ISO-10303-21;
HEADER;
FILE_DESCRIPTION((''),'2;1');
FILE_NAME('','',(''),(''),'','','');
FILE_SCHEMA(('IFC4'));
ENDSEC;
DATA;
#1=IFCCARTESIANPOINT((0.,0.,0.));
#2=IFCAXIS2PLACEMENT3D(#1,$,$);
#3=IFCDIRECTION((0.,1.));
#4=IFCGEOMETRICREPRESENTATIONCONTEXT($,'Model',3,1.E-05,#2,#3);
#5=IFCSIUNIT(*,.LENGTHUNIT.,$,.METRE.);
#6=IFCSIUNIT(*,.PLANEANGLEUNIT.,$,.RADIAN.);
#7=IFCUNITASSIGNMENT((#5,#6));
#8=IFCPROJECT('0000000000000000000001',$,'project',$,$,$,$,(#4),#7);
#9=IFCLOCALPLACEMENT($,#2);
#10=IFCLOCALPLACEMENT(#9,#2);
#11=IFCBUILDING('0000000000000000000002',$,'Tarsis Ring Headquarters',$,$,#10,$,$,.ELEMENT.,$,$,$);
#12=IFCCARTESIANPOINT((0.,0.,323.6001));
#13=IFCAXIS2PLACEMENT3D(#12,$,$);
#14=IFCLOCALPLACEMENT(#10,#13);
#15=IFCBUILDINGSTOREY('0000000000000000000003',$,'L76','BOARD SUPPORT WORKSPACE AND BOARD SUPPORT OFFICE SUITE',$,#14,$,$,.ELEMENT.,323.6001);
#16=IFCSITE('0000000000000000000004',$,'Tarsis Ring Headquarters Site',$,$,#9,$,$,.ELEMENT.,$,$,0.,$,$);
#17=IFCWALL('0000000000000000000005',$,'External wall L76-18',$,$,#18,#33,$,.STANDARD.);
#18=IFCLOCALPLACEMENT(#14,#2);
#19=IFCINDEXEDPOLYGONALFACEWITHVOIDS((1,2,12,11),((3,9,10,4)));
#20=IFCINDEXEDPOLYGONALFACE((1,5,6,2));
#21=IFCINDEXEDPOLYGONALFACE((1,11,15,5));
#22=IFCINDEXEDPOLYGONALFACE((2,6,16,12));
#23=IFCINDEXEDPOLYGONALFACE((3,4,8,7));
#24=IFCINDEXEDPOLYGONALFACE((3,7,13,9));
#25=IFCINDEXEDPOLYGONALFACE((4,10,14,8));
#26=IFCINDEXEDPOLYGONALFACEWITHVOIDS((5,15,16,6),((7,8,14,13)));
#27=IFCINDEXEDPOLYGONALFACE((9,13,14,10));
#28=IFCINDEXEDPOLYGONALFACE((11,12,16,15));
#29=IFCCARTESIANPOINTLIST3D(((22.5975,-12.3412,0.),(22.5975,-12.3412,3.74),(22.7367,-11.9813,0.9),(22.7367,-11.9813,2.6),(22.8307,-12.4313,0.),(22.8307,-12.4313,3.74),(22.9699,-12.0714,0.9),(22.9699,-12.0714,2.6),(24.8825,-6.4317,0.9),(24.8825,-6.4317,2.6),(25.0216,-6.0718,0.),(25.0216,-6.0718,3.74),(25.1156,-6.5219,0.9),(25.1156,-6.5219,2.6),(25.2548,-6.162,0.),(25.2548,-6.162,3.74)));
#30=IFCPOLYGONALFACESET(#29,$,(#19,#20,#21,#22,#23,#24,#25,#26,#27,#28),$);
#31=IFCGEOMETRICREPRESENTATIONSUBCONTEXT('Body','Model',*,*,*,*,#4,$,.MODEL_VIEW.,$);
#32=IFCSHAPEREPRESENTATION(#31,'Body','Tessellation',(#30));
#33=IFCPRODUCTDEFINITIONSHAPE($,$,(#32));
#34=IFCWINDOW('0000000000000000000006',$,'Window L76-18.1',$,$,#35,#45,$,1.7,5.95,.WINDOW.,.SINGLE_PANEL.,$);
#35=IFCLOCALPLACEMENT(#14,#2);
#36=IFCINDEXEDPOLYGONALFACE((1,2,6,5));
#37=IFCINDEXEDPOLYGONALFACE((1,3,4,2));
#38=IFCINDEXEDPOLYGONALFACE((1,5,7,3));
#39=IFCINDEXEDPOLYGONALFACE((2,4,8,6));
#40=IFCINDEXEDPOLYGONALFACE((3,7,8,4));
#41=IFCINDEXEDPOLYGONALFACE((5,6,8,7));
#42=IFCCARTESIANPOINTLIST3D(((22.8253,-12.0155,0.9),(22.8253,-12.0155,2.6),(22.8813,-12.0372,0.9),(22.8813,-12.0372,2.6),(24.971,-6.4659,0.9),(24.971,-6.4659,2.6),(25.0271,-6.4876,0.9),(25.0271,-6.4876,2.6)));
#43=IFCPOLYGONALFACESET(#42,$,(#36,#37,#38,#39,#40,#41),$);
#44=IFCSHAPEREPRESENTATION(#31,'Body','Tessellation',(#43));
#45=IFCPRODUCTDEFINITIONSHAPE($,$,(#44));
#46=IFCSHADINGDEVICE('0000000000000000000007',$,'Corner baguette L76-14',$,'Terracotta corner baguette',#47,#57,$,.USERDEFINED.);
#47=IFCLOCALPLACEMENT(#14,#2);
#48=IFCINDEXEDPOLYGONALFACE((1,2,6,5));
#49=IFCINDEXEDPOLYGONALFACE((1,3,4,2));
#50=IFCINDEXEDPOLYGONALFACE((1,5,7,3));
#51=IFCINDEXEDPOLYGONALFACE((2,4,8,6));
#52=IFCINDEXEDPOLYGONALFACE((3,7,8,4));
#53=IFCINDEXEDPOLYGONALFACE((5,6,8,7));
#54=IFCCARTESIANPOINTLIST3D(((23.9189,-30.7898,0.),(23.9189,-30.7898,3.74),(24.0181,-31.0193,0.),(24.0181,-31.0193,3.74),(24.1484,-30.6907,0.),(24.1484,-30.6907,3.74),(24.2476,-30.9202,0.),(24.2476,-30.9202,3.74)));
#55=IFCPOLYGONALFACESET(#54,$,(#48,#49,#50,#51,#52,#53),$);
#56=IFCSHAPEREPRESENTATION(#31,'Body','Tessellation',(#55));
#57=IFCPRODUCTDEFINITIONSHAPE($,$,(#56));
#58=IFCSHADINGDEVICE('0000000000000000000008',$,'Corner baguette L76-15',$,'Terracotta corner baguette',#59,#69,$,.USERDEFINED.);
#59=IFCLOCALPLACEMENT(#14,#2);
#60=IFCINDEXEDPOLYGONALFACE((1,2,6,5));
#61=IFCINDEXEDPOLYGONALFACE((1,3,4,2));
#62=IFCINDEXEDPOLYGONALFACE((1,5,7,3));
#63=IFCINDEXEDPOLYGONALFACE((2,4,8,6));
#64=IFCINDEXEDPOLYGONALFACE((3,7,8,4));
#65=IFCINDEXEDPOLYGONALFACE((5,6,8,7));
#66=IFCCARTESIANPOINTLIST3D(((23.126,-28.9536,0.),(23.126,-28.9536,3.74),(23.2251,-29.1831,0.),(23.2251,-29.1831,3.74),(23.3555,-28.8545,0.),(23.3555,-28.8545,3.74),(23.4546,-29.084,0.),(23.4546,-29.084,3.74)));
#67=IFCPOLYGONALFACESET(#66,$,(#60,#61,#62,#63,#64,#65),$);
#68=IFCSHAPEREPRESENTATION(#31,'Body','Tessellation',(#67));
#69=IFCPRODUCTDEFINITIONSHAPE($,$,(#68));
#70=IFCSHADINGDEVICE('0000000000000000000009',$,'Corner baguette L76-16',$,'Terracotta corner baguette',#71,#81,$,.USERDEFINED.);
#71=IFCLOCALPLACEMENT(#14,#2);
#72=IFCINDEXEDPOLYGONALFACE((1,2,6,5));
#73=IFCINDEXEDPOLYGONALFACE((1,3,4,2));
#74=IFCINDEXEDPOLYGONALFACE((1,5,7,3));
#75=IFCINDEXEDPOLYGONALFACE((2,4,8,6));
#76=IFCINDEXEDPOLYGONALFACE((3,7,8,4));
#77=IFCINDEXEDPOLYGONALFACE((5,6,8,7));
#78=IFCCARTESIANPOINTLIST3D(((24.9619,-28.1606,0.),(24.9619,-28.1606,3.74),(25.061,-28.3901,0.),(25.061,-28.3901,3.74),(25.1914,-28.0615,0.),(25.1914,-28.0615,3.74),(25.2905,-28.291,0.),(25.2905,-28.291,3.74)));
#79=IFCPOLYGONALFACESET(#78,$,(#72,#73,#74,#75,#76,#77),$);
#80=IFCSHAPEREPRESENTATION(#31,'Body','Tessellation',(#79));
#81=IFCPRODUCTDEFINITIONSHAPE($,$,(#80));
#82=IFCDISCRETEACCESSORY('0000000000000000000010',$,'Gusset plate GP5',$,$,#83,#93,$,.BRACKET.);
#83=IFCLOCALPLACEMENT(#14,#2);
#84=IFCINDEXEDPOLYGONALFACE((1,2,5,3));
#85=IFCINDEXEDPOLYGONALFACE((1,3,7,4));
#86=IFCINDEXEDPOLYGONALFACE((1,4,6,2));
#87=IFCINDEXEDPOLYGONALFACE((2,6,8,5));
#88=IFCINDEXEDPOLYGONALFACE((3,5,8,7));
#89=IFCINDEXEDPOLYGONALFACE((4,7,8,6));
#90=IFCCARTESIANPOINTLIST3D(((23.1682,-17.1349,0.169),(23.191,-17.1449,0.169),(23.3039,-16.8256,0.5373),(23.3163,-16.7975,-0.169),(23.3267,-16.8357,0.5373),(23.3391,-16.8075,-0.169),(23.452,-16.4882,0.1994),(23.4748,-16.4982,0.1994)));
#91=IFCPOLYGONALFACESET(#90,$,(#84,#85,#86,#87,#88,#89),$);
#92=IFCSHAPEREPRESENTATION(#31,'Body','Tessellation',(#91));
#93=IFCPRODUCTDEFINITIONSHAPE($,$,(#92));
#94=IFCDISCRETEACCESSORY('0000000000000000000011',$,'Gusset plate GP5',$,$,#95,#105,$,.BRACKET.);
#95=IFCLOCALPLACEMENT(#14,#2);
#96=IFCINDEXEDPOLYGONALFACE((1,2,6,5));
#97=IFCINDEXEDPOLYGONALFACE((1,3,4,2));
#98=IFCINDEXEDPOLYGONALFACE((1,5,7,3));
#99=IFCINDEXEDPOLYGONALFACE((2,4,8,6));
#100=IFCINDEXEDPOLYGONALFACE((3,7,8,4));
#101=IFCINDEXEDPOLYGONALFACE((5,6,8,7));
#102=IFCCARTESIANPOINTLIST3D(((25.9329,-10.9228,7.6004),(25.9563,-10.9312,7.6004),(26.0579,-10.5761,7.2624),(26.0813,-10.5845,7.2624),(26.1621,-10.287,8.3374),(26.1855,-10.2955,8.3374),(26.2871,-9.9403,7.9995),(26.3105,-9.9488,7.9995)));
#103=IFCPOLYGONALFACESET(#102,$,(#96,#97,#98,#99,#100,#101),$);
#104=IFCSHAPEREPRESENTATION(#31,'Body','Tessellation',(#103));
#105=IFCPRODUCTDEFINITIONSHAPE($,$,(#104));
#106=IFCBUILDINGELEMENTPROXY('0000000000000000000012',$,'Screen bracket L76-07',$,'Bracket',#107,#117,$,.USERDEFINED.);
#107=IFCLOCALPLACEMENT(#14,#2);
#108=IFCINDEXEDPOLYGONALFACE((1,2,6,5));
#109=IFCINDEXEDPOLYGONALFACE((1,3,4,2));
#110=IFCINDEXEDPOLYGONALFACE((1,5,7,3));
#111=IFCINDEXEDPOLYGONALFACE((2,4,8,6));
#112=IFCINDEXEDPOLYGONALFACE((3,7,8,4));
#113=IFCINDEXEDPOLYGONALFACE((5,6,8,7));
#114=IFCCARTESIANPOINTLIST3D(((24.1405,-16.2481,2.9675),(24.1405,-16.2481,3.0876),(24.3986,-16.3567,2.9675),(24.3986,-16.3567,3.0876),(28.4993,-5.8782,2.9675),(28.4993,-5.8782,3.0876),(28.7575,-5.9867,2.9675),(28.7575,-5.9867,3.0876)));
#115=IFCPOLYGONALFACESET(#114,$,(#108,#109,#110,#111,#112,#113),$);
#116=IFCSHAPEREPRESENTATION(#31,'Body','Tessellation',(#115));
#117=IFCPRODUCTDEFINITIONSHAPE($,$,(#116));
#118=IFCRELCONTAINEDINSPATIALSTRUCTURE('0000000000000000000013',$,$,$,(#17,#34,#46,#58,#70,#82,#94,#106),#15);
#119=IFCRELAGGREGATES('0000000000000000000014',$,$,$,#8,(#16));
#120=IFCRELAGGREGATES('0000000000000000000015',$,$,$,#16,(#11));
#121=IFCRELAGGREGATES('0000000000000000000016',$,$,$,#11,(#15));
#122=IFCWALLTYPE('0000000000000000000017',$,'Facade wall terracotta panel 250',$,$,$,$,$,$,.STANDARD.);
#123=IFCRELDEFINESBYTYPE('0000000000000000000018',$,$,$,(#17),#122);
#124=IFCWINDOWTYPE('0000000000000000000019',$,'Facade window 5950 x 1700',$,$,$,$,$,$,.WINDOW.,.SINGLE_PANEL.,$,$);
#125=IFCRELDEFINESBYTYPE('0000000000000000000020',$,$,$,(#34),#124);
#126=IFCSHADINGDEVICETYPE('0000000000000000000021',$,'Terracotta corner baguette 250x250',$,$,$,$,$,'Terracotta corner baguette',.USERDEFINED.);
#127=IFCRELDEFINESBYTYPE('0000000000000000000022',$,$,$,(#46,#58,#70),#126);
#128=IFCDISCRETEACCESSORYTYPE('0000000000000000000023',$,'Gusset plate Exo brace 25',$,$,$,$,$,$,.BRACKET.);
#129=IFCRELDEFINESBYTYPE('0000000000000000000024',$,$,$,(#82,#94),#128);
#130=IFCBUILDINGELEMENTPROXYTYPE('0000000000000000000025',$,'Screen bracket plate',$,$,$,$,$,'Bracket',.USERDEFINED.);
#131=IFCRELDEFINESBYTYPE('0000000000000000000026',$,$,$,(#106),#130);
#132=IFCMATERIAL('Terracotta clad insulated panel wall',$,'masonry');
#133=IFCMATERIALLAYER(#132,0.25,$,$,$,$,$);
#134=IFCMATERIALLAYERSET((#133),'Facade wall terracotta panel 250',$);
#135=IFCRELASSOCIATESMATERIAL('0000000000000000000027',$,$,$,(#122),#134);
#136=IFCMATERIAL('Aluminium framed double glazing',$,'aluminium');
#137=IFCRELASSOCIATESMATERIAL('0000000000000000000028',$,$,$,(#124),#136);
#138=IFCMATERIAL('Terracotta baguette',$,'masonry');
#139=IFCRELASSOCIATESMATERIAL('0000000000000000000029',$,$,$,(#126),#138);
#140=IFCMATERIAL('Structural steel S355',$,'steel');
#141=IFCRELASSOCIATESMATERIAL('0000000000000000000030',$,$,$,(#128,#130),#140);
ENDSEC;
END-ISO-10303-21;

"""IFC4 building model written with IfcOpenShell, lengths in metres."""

from ifc_helpers import new_model, si_unit, direction, frame, frame_2d, origin, origin_2d, place, context, subcontext, project, spatial, rectangle, extrude, material, layer, layer_set, material_profile, profile_set, type_object, element, fill, save


model = new_model("IFC4")

# Units and contexts
model_context = context("Model", 3, precision=1e-05, world=origin(), true_north=direction((0.0, 1.0)))
body_context = subcontext(model_context, "Body", "Model", "MODEL_VIEW")
ifc_project = project(units=[si_unit("LENGTHUNIT", "METRE"), si_unit("PLANEANGLEUNIT", "RADIAN")], contexts=[model_context])

# Site, building, storey
site_placement = place(None, origin())
site = spatial("IfcSite", under=ifc_project, at=site_placement, Name="Tarsis Ring Headquarters Site", CompositionType="ELEMENT", RefElevation=0.0)
building_placement = place(site_placement, origin())
building = spatial("IfcBuilding", under=site, at=building_placement, Name="Tarsis Ring Headquarters", CompositionType="ELEMENT")
storey_placement = place(building_placement, frame((0.0, 0.0, 323.6001)))
storey = spatial("IfcBuildingStorey", under=building, at=storey_placement, Name="L76", Description="BOARD SUPPORT WORKSPACE AND BOARD SUPPORT OFFICE SUITE", CompositionType="ELEMENT", Elevation=323.6001)

# Shared definitions
ifc_material_1 = material(Name="Structural steel S355", Category="steel")

# Shared definitions
ifc_material_2 = material(Name="Terracotta clad insulated panel wall", Category="masonry")
ifc_layer = layer(ifc_material_2, 0.25)
ifc_layer_set = layer_set([ifc_layer], Name="Facade wall terracotta panel 250")
wall_type = type_object("IfcWallType", Name="Facade wall terracotta panel 250", PredefinedType="STANDARD", material=ifc_layer_set)

# Shared definitions
ifc_material_3 = material(Name="Aluminium framed double glazing", Category="aluminium")

# Wall, opening, window
wall_1_placement = place(storey_placement, frame((22.7141, -12.3862, 0.0), z_axis=(0.0, 0.0, 1.0), x_axis=(0.360638, 0.932706, 0.0)))
wall_1 = element("IfcWall", 1, at=wall_1_placement, inside=storey, type_object=wall_type, Name="External wall L76-18", PredefinedType="STANDARD", context=body_context, shape_type="SweptSolid", body=[
    extrude(rectangle(XDim=6.7217, YDim=0.25, at=frame_2d((3.3608, 0.0))), origin(), (0.0, 0.0, 1.0), 3.74),
])
opening_1_placement = place(wall_1_placement, frame((0.3857, 0.0, 0.8999)))
opening_1 = element("IfcOpeningElement", 2, at=opening_1_placement, cuts=wall_1, PredefinedType="OPENING", context=body_context, shape_type="SweptSolid", body=[
    extrude(rectangle(XDim=5.95, YDim=1.7, at=frame_2d((2.9751, 0.8501))), frame((0.0, 0.135, 0.0), z_axis=(0.0, -1.0, 0.0), x_axis=(1.0, 0.0, 0.0)), (0.0, 0.0, 1.0), 0.27),
])
window_type_1 = type_object("IfcWindowType", Name="Facade window 5950 x 1700", PartitioningType="SINGLE_PANEL", PredefinedType="WINDOW", material=ifc_material_3)
window_1_placement = place(opening_1_placement, origin())
window_1 = element("IfcWindow", 3, at=window_1_placement, inside=storey, type_object=window_type_1, Name="Window L76-18.1", OverallHeight=1.7, OverallWidth=5.95, PartitioningType="SINGLE_PANEL", PredefinedType="WINDOW", context=body_context, shape_type="SweptSolid", body=[
    extrude(rectangle(XDim=5.95, YDim=1.7, at=frame_2d((2.9751, 0.8501))), frame((0.0, 0.03, 0.0), z_axis=(0.0, -1.0, 0.0), x_axis=(1.0, 0.0, 0.0)), (0.0, 0.0, 1.0), 0.0601),
])
fill(opening_1, window_1)

# Shading devices
ifc_material_4 = material(Name="Terracotta baguette", Category="masonry")
shading_device_type_1 = type_object("IfcShadingDeviceType", Name="Terracotta corner baguette 250x250", ElementType="Terracotta corner baguette", PredefinedType="USERDEFINED", material=ifc_material_4)
for number, where, z_axis, x_axis, name in (
    (4, (24.0833, -30.855, 0.0), (0.0, 0.0, 1.0), (0.918032, 0.396507, 0.0), "Corner baguette L76-14"),
    (5, (23.2903, -29.0188, 0.0), (0.0, 0.0, 1.0), (-0.396507, 0.918032, 0.0), "Corner baguette L76-15"),
    (6, (25.1262, -28.2258, 0.0), (0.0, 0.0, 1.0), (0.918032, 0.396507, 0.0), "Corner baguette L76-16"),
):
    element("IfcShadingDevice", number, at=place(storey_placement, frame(where, z_axis=z_axis, x_axis=x_axis)), inside=storey, type_object=shading_device_type_1, Name=name, ObjectType="Terracotta corner baguette", PredefinedType="USERDEFINED", context=body_context, shape_type="SweptSolid", body=[
        extrude(rectangle(XDim=0.25, YDim=0.25, at=origin_2d()), origin(), (0.0, 0.0, 1.0), 3.74),
    ])

# Discrete accessories
ifc_material_profile_1 = material_profile(ifc_material_1, rectangle(XDim=0.0249, YDim=0.5, at=origin_2d()), Name="PL 25x500")
ifc_profile_set_1 = profile_set([ifc_material_profile_1], Name="Structural steel S355")
discrete_accessory_type = type_object("IfcDiscreteAccessoryType", Name="Gusset plate Exo brace 25", PredefinedType="BRACKET", material=ifc_profile_set_1)
discrete_accessory_1_placement = place(storey_placement, frame((23.2537, -16.9712, 0.0), z_axis=(0.271575, 0.618859, 0.737062), x_axis=(-0.915709, 0.401842, 0.0)))
element("IfcDiscreteAccessory", 7, at=discrete_accessory_1_placement, inside=storey, type_object=discrete_accessory_type, Name="Gusset plate GP5", PredefinedType="BRACKET", context=body_context, shape_type="SweptSolid", body=[
    extrude(rectangle(XDim=0.0249, YDim=0.5, at=origin_2d()), origin(), (0.0, 0.0, 1.0), 0.4998),
])
discrete_accessory_2_placement = place(storey_placement, frame((26.0071, -10.7537, 7.4314), z_axis=(0.22925, 0.635748, 0.737068), x_axis=(-0.940708, 0.339218, 0.0)))
element("IfcDiscreteAccessory", 8, at=discrete_accessory_2_placement, inside=storey, type_object=discrete_accessory_type, Name="Gusset plate GP5", PredefinedType="BRACKET", context=body_context, shape_type="SweptSolid", body=[
    extrude(rectangle(XDim=0.0249, YDim=0.5, at=origin_2d()), origin(), (0.0, 0.0, 1.0), 1.0),
])

# Building element proxy
building_element_proxy_type = type_object("IfcBuildingElementProxyType", Name="Screen bracket plate", ElementType="Bracket", PredefinedType="USERDEFINED", material=ifc_material_1)
proxy_placement = place(storey_placement, frame((26.449, -11.1174, 2.9675), z_axis=(0.0, 0.0, 1.0), x_axis=(0.387495, 0.921872, 0.0)))
element("IfcBuildingElementProxy", 9, at=proxy_placement, inside=storey, type_object=building_element_proxy_type, Name="Screen bracket L76-07", ObjectType="Bracket", PredefinedType="USERDEFINED", context=body_context, shape_type="SweptSolid", body=[
    extrude(rectangle(XDim=11.2488, YDim=0.28, at=origin_2d()), origin(), (0.0, 0.0, 1.0), 0.1201),
])

save(model, "model.ifc")
